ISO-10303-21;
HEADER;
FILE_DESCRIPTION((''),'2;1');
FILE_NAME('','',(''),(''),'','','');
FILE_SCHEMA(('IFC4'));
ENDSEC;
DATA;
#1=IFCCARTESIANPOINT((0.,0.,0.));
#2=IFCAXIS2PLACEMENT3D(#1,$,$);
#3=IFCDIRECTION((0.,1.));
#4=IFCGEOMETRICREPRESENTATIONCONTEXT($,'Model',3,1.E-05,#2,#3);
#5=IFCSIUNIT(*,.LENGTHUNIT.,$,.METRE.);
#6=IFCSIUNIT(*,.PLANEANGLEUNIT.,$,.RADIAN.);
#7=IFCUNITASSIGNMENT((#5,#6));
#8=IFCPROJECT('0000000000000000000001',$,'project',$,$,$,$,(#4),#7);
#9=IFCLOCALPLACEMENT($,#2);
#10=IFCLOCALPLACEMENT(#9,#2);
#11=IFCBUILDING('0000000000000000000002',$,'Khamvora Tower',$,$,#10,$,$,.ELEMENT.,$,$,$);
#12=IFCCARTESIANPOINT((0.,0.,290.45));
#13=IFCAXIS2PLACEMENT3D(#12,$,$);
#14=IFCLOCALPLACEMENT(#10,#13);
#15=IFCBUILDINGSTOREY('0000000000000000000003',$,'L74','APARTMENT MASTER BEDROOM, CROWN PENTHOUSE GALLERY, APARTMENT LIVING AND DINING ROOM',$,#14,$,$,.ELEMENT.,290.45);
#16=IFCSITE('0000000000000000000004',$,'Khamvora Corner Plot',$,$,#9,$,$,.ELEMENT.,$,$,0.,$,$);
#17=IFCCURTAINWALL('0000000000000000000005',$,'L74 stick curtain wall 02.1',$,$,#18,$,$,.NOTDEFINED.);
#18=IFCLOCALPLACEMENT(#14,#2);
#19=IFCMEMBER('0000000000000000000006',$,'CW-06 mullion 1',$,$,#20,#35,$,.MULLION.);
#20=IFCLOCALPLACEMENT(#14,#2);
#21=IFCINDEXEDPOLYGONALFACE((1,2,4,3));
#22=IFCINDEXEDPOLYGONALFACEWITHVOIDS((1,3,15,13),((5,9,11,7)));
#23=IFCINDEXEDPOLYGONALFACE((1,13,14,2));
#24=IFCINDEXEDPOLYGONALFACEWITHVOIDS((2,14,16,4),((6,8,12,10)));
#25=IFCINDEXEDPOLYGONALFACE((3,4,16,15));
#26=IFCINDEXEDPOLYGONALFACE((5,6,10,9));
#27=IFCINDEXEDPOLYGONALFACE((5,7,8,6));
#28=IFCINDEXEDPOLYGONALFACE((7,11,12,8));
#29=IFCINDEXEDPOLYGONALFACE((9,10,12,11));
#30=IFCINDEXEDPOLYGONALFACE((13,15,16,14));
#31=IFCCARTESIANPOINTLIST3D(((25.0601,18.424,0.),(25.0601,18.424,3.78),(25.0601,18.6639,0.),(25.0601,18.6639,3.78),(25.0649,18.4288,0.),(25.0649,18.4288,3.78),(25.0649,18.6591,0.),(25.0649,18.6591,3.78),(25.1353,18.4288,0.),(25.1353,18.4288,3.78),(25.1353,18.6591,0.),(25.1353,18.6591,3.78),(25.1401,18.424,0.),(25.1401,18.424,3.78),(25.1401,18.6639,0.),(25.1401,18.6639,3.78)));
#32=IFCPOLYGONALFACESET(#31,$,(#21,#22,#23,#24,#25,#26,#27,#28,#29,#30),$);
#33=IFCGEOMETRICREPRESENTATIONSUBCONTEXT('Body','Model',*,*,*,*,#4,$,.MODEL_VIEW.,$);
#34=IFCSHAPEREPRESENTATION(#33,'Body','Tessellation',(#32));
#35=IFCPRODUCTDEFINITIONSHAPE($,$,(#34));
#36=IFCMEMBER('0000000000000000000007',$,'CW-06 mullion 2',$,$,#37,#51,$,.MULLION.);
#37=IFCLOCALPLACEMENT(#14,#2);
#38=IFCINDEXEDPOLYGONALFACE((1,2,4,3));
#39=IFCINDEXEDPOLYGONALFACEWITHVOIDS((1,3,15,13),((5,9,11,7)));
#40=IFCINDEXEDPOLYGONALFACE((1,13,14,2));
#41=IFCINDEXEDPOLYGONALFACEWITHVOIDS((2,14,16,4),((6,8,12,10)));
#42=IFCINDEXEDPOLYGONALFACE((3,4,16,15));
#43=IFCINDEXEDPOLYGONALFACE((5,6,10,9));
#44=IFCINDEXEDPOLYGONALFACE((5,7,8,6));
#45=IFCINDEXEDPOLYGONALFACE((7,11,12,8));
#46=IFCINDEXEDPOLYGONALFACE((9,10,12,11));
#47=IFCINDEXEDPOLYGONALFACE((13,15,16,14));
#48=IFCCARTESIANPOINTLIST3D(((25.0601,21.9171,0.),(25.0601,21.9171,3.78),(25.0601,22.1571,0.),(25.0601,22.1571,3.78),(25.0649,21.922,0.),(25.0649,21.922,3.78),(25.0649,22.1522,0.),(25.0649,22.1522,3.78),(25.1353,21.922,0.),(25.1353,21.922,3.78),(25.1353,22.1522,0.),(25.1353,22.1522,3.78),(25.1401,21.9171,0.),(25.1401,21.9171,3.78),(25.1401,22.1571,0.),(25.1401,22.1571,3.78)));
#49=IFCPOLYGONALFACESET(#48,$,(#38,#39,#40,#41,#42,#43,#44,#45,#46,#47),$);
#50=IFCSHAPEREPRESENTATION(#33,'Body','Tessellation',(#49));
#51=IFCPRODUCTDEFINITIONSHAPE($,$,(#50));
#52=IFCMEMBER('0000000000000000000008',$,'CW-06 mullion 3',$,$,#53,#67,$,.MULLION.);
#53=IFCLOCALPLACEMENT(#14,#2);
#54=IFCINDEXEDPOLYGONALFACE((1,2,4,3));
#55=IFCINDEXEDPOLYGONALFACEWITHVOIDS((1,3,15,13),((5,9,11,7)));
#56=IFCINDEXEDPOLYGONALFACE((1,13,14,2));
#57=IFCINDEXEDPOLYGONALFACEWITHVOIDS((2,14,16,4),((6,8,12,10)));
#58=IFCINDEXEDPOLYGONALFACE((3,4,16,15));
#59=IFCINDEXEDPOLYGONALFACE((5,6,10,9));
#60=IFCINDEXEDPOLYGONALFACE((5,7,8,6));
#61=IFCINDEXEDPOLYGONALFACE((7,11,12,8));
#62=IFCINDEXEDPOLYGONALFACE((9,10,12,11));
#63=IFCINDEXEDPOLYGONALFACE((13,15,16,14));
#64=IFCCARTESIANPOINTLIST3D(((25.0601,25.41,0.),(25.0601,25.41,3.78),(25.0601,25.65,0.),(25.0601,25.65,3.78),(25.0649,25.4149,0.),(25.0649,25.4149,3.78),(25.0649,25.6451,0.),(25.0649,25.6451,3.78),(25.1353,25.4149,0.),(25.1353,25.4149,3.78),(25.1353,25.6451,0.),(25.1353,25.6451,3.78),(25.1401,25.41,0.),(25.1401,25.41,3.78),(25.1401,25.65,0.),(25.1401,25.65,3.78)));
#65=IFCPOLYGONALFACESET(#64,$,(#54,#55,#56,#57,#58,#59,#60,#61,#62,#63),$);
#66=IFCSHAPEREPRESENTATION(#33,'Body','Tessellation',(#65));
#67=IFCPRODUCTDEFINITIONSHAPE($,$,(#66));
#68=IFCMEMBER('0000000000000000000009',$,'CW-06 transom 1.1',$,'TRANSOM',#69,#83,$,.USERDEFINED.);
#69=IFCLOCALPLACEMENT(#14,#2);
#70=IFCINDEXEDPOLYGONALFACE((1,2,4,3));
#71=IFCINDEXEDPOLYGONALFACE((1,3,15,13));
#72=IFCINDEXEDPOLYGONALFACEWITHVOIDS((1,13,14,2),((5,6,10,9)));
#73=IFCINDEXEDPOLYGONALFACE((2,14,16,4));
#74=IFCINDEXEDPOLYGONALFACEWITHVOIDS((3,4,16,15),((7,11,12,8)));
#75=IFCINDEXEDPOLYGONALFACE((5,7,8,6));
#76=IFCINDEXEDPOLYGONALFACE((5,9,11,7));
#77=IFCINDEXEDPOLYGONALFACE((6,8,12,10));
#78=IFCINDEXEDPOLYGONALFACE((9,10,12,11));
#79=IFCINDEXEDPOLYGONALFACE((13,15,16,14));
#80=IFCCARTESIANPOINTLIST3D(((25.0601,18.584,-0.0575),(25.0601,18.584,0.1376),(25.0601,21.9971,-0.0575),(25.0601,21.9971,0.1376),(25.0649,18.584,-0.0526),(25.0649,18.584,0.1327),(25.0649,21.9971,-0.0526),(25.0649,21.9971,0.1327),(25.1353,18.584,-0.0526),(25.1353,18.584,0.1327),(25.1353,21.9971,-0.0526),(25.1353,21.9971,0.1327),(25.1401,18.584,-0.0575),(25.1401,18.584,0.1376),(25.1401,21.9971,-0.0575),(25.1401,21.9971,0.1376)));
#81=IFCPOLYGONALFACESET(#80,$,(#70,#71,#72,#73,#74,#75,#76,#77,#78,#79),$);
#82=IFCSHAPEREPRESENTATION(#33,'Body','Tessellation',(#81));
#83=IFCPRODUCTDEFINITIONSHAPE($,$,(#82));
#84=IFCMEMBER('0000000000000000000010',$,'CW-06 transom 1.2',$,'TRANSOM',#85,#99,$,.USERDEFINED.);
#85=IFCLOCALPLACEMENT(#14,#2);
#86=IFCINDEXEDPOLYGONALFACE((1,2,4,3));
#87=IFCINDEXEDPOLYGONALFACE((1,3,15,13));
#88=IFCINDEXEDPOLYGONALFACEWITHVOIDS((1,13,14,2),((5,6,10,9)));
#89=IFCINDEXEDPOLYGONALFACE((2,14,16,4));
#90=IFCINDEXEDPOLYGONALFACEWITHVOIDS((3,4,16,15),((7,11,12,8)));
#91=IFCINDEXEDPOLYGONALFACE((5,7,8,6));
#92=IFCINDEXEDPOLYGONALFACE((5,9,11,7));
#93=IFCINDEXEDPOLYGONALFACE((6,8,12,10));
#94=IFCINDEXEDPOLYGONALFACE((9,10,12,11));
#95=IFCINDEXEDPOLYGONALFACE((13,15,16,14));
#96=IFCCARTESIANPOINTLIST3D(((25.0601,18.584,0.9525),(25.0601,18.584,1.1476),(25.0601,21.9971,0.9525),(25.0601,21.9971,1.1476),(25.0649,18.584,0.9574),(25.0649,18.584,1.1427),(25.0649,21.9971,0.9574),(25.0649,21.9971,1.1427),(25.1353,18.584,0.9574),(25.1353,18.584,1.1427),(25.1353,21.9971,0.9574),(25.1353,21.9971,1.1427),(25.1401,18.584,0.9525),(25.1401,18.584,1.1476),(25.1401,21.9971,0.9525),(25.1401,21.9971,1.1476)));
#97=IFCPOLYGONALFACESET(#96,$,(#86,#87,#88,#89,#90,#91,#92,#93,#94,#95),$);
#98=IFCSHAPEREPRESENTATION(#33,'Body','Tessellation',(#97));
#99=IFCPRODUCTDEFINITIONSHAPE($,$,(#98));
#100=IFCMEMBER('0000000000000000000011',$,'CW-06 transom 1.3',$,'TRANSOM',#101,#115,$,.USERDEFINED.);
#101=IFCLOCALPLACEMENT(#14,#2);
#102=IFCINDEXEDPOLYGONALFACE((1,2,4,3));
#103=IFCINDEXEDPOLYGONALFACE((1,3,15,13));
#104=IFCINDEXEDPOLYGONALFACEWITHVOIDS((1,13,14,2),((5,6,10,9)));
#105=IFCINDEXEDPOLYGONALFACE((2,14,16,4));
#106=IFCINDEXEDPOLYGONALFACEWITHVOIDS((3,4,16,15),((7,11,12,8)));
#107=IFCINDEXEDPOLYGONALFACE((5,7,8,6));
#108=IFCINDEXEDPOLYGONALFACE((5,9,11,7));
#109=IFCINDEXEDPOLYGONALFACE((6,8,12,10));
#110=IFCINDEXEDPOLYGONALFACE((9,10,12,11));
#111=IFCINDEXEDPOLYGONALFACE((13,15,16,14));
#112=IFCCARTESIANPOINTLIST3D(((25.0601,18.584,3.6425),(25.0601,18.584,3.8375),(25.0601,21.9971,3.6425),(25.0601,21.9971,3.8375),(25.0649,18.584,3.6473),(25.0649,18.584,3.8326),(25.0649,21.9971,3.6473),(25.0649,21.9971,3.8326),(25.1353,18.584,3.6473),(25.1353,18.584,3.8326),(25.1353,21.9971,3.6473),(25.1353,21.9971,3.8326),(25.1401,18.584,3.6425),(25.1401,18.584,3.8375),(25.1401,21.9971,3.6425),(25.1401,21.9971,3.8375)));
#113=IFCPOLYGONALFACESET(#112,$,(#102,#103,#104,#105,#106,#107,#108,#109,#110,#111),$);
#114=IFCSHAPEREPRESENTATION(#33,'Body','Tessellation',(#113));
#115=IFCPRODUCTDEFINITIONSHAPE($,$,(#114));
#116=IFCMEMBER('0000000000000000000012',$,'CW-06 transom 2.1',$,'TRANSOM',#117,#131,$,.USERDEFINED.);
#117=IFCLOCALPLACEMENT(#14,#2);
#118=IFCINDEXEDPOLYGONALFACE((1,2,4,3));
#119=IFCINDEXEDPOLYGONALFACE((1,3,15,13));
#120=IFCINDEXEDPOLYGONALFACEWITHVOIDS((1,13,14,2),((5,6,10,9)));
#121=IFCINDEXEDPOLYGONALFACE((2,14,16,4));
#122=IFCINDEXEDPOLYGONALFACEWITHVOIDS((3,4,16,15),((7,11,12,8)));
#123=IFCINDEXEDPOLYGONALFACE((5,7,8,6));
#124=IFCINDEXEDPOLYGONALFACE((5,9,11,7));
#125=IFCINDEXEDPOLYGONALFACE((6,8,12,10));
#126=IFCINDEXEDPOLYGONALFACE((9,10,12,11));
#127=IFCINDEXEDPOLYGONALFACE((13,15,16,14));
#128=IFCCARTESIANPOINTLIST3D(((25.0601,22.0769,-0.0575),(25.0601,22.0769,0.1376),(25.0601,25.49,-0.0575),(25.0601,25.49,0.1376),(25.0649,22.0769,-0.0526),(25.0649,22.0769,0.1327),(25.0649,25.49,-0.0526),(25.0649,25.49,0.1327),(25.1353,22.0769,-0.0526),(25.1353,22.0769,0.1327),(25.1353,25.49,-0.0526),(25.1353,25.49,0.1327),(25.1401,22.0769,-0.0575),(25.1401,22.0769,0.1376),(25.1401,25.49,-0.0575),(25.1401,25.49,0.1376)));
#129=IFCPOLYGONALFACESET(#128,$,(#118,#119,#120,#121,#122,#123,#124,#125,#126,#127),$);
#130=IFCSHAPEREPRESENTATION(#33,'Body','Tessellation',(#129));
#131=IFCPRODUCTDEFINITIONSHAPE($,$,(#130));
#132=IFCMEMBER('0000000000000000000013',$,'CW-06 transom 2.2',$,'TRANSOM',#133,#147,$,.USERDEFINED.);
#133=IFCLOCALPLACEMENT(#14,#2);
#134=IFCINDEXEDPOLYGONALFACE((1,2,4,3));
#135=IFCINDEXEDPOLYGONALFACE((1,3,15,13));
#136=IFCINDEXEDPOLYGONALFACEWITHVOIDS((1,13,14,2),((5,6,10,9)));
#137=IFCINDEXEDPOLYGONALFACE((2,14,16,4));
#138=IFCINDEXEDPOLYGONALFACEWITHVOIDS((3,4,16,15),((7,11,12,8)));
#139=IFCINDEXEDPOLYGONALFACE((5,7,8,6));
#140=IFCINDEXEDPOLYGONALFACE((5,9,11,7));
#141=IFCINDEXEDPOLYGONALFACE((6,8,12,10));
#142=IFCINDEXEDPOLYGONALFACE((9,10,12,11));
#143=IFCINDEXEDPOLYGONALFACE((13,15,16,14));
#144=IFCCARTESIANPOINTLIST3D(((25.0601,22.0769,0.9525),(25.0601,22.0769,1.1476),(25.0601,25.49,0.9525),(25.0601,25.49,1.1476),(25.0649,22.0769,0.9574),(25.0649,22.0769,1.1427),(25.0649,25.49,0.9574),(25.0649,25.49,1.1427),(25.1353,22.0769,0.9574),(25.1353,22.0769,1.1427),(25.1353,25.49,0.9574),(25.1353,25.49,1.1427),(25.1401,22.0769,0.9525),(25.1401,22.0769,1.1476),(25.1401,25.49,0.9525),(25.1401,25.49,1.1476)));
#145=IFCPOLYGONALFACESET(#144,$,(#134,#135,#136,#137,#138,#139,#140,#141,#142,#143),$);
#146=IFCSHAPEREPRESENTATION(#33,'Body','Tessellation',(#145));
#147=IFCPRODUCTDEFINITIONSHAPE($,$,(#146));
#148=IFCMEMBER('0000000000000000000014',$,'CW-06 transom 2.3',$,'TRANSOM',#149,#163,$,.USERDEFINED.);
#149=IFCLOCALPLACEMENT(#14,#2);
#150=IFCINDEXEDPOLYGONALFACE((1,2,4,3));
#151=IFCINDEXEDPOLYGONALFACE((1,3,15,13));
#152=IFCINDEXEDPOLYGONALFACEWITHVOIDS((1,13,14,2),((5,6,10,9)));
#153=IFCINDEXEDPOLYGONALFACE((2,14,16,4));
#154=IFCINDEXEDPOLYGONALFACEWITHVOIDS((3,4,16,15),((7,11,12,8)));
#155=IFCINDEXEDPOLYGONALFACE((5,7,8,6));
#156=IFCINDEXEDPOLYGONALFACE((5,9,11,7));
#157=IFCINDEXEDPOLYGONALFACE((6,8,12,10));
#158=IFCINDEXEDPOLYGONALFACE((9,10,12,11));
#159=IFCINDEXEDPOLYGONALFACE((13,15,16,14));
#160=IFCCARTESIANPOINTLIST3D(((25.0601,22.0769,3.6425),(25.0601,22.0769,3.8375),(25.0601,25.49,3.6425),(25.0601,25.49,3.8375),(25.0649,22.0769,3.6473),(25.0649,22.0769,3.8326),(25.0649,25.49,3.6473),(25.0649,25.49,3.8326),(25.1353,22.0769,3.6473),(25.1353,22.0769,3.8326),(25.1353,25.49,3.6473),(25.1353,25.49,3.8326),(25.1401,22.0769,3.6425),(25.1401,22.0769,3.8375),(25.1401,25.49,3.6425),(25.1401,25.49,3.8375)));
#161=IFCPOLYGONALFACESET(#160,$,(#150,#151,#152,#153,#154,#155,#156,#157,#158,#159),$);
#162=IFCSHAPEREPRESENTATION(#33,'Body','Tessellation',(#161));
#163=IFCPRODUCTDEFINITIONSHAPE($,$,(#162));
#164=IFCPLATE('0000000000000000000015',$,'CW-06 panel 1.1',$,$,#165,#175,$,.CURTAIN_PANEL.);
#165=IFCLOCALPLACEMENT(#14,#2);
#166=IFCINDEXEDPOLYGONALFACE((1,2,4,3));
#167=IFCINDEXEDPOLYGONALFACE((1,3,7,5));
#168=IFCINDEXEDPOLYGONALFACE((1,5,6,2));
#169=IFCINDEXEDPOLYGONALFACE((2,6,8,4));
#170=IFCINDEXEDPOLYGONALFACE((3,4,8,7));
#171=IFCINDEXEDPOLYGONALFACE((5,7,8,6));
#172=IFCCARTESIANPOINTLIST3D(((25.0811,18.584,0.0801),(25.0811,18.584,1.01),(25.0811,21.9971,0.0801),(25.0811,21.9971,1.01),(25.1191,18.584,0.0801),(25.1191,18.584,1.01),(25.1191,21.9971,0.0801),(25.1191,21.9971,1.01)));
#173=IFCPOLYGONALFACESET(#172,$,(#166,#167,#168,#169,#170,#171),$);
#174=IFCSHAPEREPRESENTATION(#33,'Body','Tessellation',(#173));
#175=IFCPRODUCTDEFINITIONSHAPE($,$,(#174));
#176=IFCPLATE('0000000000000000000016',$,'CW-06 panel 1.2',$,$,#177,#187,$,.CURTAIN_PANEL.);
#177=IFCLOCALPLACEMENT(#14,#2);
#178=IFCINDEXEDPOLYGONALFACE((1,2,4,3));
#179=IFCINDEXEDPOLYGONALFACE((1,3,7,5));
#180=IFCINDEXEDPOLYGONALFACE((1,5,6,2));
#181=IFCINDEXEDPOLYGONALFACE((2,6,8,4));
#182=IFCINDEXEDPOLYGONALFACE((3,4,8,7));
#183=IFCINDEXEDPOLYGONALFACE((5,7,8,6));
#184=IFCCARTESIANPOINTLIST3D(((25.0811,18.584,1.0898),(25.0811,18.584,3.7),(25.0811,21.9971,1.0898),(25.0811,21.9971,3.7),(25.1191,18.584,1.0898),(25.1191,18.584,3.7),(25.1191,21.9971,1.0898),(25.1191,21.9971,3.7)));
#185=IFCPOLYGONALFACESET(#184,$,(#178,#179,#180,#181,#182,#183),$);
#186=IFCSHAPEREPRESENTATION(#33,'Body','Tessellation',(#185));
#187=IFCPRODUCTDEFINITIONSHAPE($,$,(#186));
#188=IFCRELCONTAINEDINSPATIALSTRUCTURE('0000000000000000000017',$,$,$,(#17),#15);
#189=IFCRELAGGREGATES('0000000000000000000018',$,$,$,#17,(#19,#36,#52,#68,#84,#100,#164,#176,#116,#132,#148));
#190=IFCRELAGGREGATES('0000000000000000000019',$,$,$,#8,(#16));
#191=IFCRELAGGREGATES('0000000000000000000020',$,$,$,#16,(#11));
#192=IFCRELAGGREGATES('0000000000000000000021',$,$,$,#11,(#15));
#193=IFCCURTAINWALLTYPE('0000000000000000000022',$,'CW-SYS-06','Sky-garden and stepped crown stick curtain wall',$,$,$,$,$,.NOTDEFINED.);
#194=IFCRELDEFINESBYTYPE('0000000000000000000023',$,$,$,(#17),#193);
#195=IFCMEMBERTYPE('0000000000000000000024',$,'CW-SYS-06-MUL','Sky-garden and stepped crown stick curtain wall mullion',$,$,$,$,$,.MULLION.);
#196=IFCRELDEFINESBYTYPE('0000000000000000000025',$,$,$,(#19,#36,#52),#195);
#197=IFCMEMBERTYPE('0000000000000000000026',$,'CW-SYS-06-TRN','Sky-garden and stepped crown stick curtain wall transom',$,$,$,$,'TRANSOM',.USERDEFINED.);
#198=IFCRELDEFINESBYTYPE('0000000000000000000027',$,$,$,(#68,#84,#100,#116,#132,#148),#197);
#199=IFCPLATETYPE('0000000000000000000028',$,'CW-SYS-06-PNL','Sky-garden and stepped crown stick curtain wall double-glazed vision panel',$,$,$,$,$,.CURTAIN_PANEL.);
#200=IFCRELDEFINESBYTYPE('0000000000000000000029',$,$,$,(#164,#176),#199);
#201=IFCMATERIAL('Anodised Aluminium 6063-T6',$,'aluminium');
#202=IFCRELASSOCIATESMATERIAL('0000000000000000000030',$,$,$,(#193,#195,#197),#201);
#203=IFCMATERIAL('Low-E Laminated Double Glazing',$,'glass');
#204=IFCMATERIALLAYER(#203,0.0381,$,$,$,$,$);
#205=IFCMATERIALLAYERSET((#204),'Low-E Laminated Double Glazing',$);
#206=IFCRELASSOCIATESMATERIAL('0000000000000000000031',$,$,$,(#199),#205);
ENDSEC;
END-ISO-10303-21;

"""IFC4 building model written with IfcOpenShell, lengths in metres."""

from ifc_helpers import new_model, si_unit, direction, frame, origin, origin_2d, place, context, subcontext, project, spatial, rectangle, hollow_rectangle, extrude, material, layer, layer_set, material_profile, profile_set, type_object, element, aggregate, save


model = new_model("IFC4")

# Units and contexts
model_context = context("Model", 3, precision=1e-05, world=origin(), true_north=direction((0.0, 1.0)))
body_context = subcontext(model_context, "Body", "Model", "MODEL_VIEW")
ifc_project = project(units=[si_unit("LENGTHUNIT", "METRE"), si_unit("PLANEANGLEUNIT", "RADIAN")], contexts=[model_context])

# Site, building, storey
site_placement = place(None, origin())
site = spatial("IfcSite", under=ifc_project, at=site_placement, Name="Khamvora Corner Plot", CompositionType="ELEMENT", RefElevation=0.0)
building_placement = place(site_placement, origin())
building = spatial("IfcBuilding", under=site, at=building_placement, Name="Khamvora Tower", CompositionType="ELEMENT")
storey_placement = place(building_placement, frame((0.0, 0.0, 290.45)))
storey = spatial("IfcBuildingStorey", under=building, at=storey_placement, Name="L74", Description="APARTMENT MASTER BEDROOM, CROWN PENTHOUSE GALLERY, APARTMENT LIVING AND DINING ROOM", CompositionType="ELEMENT", Elevation=290.45)

# Curtain wall, members, plates
ifc_material_1 = material(Name="Anodised Aluminium 6063-T6", Category="aluminium")
curtain_wall_type = type_object("IfcCurtainWallType", Name="CW-SYS-06", Description="Sky-garden and stepped crown stick curtain wall", PredefinedType="NOTDEFINED", material=ifc_material_1)
curtain_wall_placement = place(storey_placement, origin())
curtain_wall = element("IfcCurtainWall", 1, at=curtain_wall_placement, inside=storey, type_object=curtain_wall_type, Name="L74 stick curtain wall 02.1", PredefinedType="NOTDEFINED")
ifc_material_profile_1 = material_profile(ifc_material_1, hollow_rectangle(XDim=0.0801, YDim=0.24, WallThickness=0.0049, at=origin_2d()), Name="MUL80x240x5")
ifc_profile_set_1 = profile_set([ifc_material_profile_1], Name="Anodised Aluminium 6063-T6")
member_type_1 = type_object("IfcMemberType", Name="CW-SYS-06-MUL", Description="Sky-garden and stepped crown stick curtain wall mullion", PredefinedType="MULLION", material=ifc_profile_set_1)
member_1_placement = place(storey_placement, frame((25.1001, 18.5439, 0.0), z_axis=(0.0, 0.0, 1.0), x_axis=(-1.0, 0.0, 0.0)))
member_1 = element("IfcMember", 2, at=member_1_placement, type_object=member_type_1, Name="CW-06 mullion 1", PredefinedType="MULLION", context=body_context, shape_type="SweptSolid", body=[
    extrude(hollow_rectangle(XDim=0.0801, YDim=0.24, WallThickness=0.0049, at=origin_2d()), origin(), (0.0, 0.0, 1.0), 3.78),
])
member_2_placement = place(storey_placement, frame((25.1001, 22.0371, 0.0), z_axis=(0.0, 0.0, 1.0), x_axis=(-1.0, 0.0, 0.0)))
member_2 = element("IfcMember", 3, at=member_2_placement, type_object=member_type_1, Name="CW-06 mullion 2", PredefinedType="MULLION", context=body_context, shape_type="SweptSolid", body=[
    extrude(hollow_rectangle(XDim=0.0801, YDim=0.24, WallThickness=0.0049, at=origin_2d()), origin(), (0.0, 0.0, 1.0), 3.78),
])
member_3_placement = place(storey_placement, frame((25.1001, 25.53, 0.0), z_axis=(0.0, 0.0, 1.0), x_axis=(-1.0, 0.0, 0.0)))
member_3 = element("IfcMember", 4, at=member_3_placement, type_object=member_type_1, Name="CW-06 mullion 3", PredefinedType="MULLION", context=body_context, shape_type="SweptSolid", body=[
    extrude(hollow_rectangle(XDim=0.0801, YDim=0.24, WallThickness=0.0049, at=origin_2d()), origin(), (0.0, 0.0, 1.0), 3.78),
])
ifc_material_profile_2 = material_profile(ifc_material_1, hollow_rectangle(XDim=0.0801, YDim=0.1951, WallThickness=0.0049, at=origin_2d()), Name="TRN80x195x5")
ifc_profile_set_2 = profile_set([ifc_material_profile_2], Name="Anodised Aluminium 6063-T6")
member_type_2 = type_object("IfcMemberType", Name="CW-SYS-06-TRN", Description="Sky-garden and stepped crown stick curtain wall transom", ElementType="TRANSOM", PredefinedType="USERDEFINED", material=ifc_profile_set_2)
member_4_placement = place(storey_placement, frame((25.1001, 18.584, 0.04), z_axis=(0.0, 1.0, 0.0), x_axis=(-1.0, 0.0, 0.0)))
member_4 = element("IfcMember", 5, at=member_4_placement, type_object=member_type_2, Name="CW-06 transom 1.1", ObjectType="TRANSOM", PredefinedType="USERDEFINED", context=body_context, shape_type="SweptSolid", body=[
    extrude(hollow_rectangle(XDim=0.0801, YDim=0.1951, WallThickness=0.0049, at=origin_2d()), origin(), (0.0, 0.0, 1.0), 3.4131),
])
member_5_placement = place(storey_placement, frame((25.1001, 18.584, 1.05), z_axis=(0.0, 1.0, 0.0), x_axis=(-1.0, 0.0, 0.0)))
member_5 = element("IfcMember", 6, at=member_5_placement, type_object=member_type_2, Name="CW-06 transom 1.2", ObjectType="TRANSOM", PredefinedType="USERDEFINED", context=body_context, shape_type="SweptSolid", body=[
    extrude(hollow_rectangle(XDim=0.0801, YDim=0.1951, WallThickness=0.0049, at=origin_2d()), origin(), (0.0, 0.0, 1.0), 3.4131),
])
member_6_placement = place(storey_placement, frame((25.1001, 18.584, 3.74), z_axis=(0.0, 1.0, 0.0), x_axis=(-1.0, 0.0, 0.0)))
member_6 = element("IfcMember", 7, at=member_6_placement, type_object=member_type_2, Name="CW-06 transom 1.3", ObjectType="TRANSOM", PredefinedType="USERDEFINED", context=body_context, shape_type="SweptSolid", body=[
    extrude(hollow_rectangle(XDim=0.0801, YDim=0.1951, WallThickness=0.0049, at=origin_2d()), origin(), (0.0, 0.0, 1.0), 3.4131),
])
member_7_placement = place(storey_placement, frame((25.1001, 22.0769, 0.04), z_axis=(0.0, 1.0, 0.0), x_axis=(-1.0, 0.0, 0.0)))
member_7 = element("IfcMember", 8, at=member_7_placement, type_object=member_type_2, Name="CW-06 transom 2.1", ObjectType="TRANSOM", PredefinedType="USERDEFINED", context=body_context, shape_type="SweptSolid", body=[
    extrude(hollow_rectangle(XDim=0.0801, YDim=0.1951, WallThickness=0.0049, at=origin_2d()), origin(), (0.0, 0.0, 1.0), 3.4131),
])
member_8_placement = place(storey_placement, frame((25.1001, 22.0769, 1.05), z_axis=(0.0, 1.0, 0.0), x_axis=(-1.0, 0.0, 0.0)))
member_8 = element("IfcMember", 9, at=member_8_placement, type_object=member_type_2, Name="CW-06 transom 2.2", ObjectType="TRANSOM", PredefinedType="USERDEFINED", context=body_context, shape_type="SweptSolid", body=[
    extrude(hollow_rectangle(XDim=0.0801, YDim=0.1951, WallThickness=0.0049, at=origin_2d()), origin(), (0.0, 0.0, 1.0), 3.4131),
])
member_9_placement = place(storey_placement, frame((25.1001, 22.0769, 3.74), z_axis=(0.0, 1.0, 0.0), x_axis=(-1.0, 0.0, 0.0)))
member_9 = element("IfcMember", 10, at=member_9_placement, type_object=member_type_2, Name="CW-06 transom 2.3", ObjectType="TRANSOM", PredefinedType="USERDEFINED", context=body_context, shape_type="SweptSolid", body=[
    extrude(hollow_rectangle(XDim=0.0801, YDim=0.1951, WallThickness=0.0049, at=origin_2d()), origin(), (0.0, 0.0, 1.0), 3.4131),
])
ifc_material_2 = material(Name="Low-E Laminated Double Glazing", Category="glass")
ifc_layer_1 = layer(ifc_material_2, 0.0381)
ifc_layer_set_1 = layer_set([ifc_layer_1], Name="Low-E Laminated Double Glazing")
plate_type = type_object("IfcPlateType", Name="CW-SYS-06-PNL", Description="Sky-garden and stepped crown stick curtain wall double-glazed vision panel", PredefinedType="CURTAIN_PANEL", material=ifc_layer_set_1)
plate_1_placement = place(storey_placement, frame((25.1001, 20.2905, 0.0801), z_axis=(0.0, 0.0, 1.0), x_axis=(0.0, 1.0, 0.0)))
plate_1 = element("IfcPlate", 11, at=plate_1_placement, type_object=plate_type, Name="CW-06 panel 1.1", PredefinedType="CURTAIN_PANEL", context=body_context, shape_type="SweptSolid", body=[
    extrude(rectangle(XDim=3.4131, YDim=0.0381, at=origin_2d()), origin(), (0.0, 0.0, 1.0), 0.9299),
])
plate_2_placement = place(storey_placement, frame((25.1001, 20.2905, 1.0898), z_axis=(0.0, 0.0, 1.0), x_axis=(0.0, 1.0, 0.0)))
plate_2 = element("IfcPlate", 12, at=plate_2_placement, type_object=plate_type, Name="CW-06 panel 1.2", PredefinedType="CURTAIN_PANEL", context=body_context, shape_type="SweptSolid", body=[
    extrude(rectangle(XDim=3.4131, YDim=0.0381, at=origin_2d()), origin(), (0.0, 0.0, 1.0), 2.6101),
])
aggregate(curtain_wall, [member_1, member_2, member_3, member_4, member_5, member_6, plate_1, plate_2, member_7, member_8, member_9])

save(model, "model.ifc")
